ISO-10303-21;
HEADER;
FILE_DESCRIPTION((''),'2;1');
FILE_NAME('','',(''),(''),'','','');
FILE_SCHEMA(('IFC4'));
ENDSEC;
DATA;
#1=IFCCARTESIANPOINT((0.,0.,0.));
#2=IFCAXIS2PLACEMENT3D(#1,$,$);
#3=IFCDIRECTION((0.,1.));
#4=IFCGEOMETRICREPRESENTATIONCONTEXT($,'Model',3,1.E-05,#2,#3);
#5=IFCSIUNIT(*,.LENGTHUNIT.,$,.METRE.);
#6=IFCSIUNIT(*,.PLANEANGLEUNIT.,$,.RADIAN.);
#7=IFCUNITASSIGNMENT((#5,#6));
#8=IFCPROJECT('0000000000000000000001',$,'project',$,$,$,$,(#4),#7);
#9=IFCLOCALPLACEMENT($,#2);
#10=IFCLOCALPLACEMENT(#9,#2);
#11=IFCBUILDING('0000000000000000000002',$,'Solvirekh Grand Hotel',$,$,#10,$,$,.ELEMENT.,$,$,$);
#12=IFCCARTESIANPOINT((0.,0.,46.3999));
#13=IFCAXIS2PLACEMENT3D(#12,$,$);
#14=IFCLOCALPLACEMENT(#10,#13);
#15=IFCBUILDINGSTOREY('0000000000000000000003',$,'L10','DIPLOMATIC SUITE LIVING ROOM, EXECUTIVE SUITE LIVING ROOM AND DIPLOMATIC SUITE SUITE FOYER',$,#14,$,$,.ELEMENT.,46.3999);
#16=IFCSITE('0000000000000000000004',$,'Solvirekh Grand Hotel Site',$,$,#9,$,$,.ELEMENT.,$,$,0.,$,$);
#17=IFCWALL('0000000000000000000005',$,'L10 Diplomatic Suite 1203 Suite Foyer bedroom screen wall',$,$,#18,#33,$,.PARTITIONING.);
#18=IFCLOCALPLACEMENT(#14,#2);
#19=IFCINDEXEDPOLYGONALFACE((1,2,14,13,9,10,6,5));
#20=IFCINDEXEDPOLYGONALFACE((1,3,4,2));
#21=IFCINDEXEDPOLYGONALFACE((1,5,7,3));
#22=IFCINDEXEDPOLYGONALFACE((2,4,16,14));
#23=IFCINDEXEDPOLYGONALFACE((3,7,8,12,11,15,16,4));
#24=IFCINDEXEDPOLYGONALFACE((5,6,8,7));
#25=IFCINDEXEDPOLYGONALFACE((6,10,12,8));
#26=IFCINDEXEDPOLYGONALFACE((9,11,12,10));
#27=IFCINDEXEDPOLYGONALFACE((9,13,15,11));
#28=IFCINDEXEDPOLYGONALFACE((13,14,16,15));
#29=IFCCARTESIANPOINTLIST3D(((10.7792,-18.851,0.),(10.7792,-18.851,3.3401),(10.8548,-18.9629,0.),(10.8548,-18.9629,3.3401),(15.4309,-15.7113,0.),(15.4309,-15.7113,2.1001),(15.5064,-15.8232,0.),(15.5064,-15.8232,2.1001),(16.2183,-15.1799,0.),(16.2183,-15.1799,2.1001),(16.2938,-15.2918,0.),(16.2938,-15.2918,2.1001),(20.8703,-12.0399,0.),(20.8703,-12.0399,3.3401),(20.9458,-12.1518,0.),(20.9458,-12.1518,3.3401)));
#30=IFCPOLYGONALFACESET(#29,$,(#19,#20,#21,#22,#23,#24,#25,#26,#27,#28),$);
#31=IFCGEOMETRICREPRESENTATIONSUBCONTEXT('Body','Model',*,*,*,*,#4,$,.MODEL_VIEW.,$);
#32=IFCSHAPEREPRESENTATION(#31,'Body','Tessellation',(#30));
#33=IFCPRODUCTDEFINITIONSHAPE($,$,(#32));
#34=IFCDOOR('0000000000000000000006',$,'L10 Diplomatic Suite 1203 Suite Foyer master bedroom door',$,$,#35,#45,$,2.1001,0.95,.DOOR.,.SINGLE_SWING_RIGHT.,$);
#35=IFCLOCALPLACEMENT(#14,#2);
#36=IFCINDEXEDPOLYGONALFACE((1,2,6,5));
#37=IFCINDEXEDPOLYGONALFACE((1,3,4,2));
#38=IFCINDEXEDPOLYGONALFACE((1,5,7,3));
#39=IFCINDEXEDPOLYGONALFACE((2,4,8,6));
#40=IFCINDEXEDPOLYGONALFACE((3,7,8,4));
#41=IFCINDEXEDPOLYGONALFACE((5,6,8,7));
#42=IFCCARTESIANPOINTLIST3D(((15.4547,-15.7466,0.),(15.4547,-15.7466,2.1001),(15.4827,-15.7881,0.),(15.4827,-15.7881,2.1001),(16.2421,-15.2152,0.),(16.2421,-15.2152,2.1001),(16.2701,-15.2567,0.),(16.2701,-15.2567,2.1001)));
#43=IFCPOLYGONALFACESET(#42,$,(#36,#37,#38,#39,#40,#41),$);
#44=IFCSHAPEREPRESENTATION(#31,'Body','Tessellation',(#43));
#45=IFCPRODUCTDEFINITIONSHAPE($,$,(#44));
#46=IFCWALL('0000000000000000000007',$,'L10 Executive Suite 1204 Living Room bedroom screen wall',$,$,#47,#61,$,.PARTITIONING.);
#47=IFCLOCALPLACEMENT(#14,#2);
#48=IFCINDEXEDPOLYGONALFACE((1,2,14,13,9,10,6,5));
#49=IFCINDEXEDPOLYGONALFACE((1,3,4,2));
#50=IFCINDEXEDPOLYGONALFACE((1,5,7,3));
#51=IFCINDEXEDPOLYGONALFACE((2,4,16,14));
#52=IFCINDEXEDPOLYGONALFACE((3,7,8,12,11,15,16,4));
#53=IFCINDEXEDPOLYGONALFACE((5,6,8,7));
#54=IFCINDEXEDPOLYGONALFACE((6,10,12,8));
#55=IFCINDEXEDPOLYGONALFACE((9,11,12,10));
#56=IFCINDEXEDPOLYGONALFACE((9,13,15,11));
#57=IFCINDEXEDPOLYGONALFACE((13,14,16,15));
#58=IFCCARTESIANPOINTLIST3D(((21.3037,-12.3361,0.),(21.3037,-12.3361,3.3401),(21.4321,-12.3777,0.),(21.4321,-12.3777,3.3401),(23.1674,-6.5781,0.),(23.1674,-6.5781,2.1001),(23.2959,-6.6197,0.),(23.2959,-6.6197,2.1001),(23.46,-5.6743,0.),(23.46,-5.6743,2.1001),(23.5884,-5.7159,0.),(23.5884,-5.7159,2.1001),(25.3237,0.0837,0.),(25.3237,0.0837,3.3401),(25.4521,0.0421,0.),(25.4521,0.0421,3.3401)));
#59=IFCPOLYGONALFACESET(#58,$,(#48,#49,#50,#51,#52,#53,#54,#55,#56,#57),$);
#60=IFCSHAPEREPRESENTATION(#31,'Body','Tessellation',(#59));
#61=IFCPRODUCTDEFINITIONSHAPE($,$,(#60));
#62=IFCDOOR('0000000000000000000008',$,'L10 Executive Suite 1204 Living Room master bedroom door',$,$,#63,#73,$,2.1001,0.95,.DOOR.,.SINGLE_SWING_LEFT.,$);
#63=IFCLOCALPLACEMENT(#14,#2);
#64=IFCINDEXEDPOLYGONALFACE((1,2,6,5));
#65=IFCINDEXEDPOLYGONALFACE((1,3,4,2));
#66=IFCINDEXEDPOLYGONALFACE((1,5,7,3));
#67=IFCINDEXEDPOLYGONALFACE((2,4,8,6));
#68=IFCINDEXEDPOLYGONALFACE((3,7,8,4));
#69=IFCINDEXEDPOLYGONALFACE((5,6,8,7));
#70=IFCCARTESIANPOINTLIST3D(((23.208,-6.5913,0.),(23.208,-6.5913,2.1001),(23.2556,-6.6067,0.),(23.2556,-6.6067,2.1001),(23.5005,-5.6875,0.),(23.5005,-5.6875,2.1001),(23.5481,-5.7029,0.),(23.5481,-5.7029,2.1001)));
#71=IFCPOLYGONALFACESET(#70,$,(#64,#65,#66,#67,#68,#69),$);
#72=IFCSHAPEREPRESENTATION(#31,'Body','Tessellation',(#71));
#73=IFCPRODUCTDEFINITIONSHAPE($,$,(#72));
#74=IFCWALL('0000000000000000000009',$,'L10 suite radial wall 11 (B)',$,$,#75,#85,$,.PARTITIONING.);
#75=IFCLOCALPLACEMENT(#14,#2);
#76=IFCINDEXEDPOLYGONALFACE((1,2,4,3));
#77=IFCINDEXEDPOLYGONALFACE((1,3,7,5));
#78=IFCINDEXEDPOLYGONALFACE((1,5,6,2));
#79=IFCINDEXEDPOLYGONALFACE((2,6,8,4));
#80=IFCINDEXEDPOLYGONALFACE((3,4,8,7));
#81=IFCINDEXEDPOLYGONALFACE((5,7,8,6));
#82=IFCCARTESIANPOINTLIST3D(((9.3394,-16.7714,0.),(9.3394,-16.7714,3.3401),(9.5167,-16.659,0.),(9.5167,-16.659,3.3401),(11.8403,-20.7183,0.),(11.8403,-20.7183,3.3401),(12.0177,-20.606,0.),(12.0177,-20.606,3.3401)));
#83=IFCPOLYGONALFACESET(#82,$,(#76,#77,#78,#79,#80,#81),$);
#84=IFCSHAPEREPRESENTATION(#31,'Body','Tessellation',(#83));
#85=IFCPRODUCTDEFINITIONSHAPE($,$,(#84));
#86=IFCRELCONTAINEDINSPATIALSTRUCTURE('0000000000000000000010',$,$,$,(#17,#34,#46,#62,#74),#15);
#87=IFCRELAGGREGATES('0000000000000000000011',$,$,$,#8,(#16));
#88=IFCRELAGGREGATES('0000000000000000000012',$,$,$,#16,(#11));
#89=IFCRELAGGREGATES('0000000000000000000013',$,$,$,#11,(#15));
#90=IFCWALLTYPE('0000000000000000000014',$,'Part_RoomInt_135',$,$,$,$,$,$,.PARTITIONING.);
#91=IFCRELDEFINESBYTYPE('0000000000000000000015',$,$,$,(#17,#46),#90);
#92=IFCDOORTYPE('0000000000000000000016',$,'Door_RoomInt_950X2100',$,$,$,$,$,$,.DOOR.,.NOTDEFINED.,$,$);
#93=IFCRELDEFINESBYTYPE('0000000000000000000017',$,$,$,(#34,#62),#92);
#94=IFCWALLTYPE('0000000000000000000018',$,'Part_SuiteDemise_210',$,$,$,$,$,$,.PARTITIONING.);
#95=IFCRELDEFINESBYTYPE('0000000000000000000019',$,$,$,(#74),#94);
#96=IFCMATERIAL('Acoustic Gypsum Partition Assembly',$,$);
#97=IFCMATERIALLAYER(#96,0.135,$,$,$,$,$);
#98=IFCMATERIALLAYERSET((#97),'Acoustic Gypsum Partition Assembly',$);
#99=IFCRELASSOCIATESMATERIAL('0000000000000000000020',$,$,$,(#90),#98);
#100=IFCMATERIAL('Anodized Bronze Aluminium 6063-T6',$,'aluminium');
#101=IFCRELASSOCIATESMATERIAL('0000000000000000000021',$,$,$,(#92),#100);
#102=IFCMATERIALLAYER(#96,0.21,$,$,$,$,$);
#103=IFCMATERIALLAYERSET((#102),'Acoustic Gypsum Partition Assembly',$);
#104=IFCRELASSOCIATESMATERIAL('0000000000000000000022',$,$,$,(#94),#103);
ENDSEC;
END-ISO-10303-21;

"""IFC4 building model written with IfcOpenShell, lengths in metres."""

from ifc_helpers import new_model, si_unit, direction, frame, frame_2d, origin, place, context, subcontext, project, spatial, rectangle, extrude, material, layer, layer_set, type_object, element, fill, save


model = new_model("IFC4")

# Units and contexts
model_context = context("Model", 3, precision=1e-05, world=origin(), true_north=direction((0.0, 1.0)))
body_context = subcontext(model_context, "Body", "Model", "MODEL_VIEW")
ifc_project = project(units=[si_unit("LENGTHUNIT", "METRE"), si_unit("PLANEANGLEUNIT", "RADIAN")], contexts=[model_context])

# Site, building, storey
site_placement = place(None, origin())
site = spatial("IfcSite", under=ifc_project, at=site_placement, Name="Solvirekh Grand Hotel Site", CompositionType="ELEMENT", RefElevation=0.0)
building_placement = place(site_placement, origin())
building = spatial("IfcBuilding", under=site, at=building_placement, Name="Solvirekh Grand Hotel", CompositionType="ELEMENT")
storey_placement = place(building_placement, frame((0.0, 0.0, 46.3999)))
storey = spatial("IfcBuildingStorey", under=building, at=storey_placement, Name="L10", Description="DIPLOMATIC SUITE LIVING ROOM, EXECUTIVE SUITE LIVING ROOM AND DIPLOMATIC SUITE SUITE FOYER", CompositionType="ELEMENT", Elevation=46.3999)

# Shared definitions
ifc_material_1 = material(Name="Anodized Bronze Aluminium 6063-T6", Category="aluminium")

# Walls, openings, doors
ifc_material_2 = material(Name="Acoustic Gypsum Partition Assembly")
ifc_layer_1 = layer(ifc_material_2, 0.135)
ifc_layer_set_1 = layer_set([ifc_layer_1], Name="Acoustic Gypsum Partition Assembly")
wall_type_1 = type_object("IfcWallType", Name="Part_RoomInt_135", PredefinedType="PARTITIONING", material=ifc_layer_set_1)
wall_1_placement = place(storey_placement, frame((10.8169, -18.907, 0.0), z_axis=(0.0, 0.0, 1.0), x_axis=(0.828865, 0.559448, 0.0)))
wall_1 = element("IfcWall", 1, at=wall_1_placement, inside=storey, type_object=wall_type_1, Name="L10 Diplomatic Suite 1203 Suite Foyer bedroom screen wall", PredefinedType="PARTITIONING", context=body_context, shape_type="SweptSolid", body=[
    extrude(rectangle(XDim=12.1746, YDim=0.135, at=frame_2d((6.0874, 0.0))), origin(), (0.0, 0.0, 1.0), 3.3401),
])
opening_1_placement = place(wall_1_placement, frame((5.6121, 0.0, 0.0)))
opening_1 = element("IfcOpeningElement", 2, at=opening_1_placement, cuts=wall_1, PredefinedType="OPENING", context=body_context, shape_type="SweptSolid", body=[
    extrude(rectangle(XDim=0.95, YDim=2.1001, at=frame_2d((0.4751, 1.05))), frame((0.0, 0.0776, 0.0), z_axis=(0.0, -1.0, 0.0), x_axis=(1.0, 0.0, 0.0)), (0.0, 0.0, 1.0), 0.155),
])
door_type = type_object("IfcDoorType", Name="Door_RoomInt_950X2100", OperationType="NOTDEFINED", PredefinedType="DOOR", material=ifc_material_1)
door_1_placement = place(opening_1_placement, origin())
door_1 = element("IfcDoor", 3, at=door_1_placement, inside=storey, type_object=door_type, Name="L10 Diplomatic Suite 1203 Suite Foyer master bedroom door", OperationType="SINGLE_SWING_RIGHT", OverallHeight=2.1001, OverallWidth=0.95, PredefinedType="DOOR", context=body_context, shape_type="SweptSolid", body=[
    extrude(rectangle(XDim=0.95, YDim=2.1001, at=frame_2d((0.4751, 1.05))), frame((0.0, 0.0249, 0.0), z_axis=(0.0, -1.0, 0.0), x_axis=(1.0, 0.0, 0.0)), (0.0, 0.0, 1.0), 0.05),
])
fill(opening_1, door_1)
wall_2_placement = place(storey_placement, frame((21.3679, -12.3569, 0.0), z_axis=(0.0, 0.0, 1.0), x_axis=(0.307946, 0.951404, 0.0)))
wall_2 = element("IfcWall", 4, at=wall_2_placement, inside=storey, type_object=wall_type_1, Name="L10 Executive Suite 1204 Living Room bedroom screen wall", PredefinedType="PARTITIONING", context=body_context, shape_type="SweptSolid", body=[
    extrude(rectangle(XDim=13.0542, YDim=0.135, at=frame_2d((6.5271, 0.0))), origin(), (0.0, 0.0, 1.0), 3.3401),
])
opening_2_placement = place(wall_2_placement, frame((6.052, 0.0, 0.0)))
opening_2 = element("IfcOpeningElement", 5, at=opening_2_placement, cuts=wall_2, PredefinedType="OPENING", context=body_context, shape_type="SweptSolid", body=[
    extrude(rectangle(XDim=0.95, YDim=2.1001, at=frame_2d((0.4751, 1.05))), frame((0.0, 0.0776, 0.0), z_axis=(0.0, -1.0, 0.0), x_axis=(1.0, 0.0, 0.0)), (0.0, 0.0, 1.0), 0.155),
])
door_2_placement = place(opening_2_placement, origin())
door_2 = element("IfcDoor", 6, at=door_2_placement, inside=storey, type_object=door_type, Name="L10 Executive Suite 1204 Living Room master bedroom door", OperationType="SINGLE_SWING_LEFT", OverallHeight=2.1001, OverallWidth=0.95, PredefinedType="DOOR", context=body_context, shape_type="SweptSolid", body=[
    extrude(rectangle(XDim=0.95, YDim=2.1001, at=frame_2d((0.4751, 1.05))), frame((0.0, 0.0249, 0.0), z_axis=(0.0, -1.0, 0.0), x_axis=(1.0, 0.0, 0.0)), (0.0, 0.0, 1.0), 0.05),
])
fill(opening_2, door_2)

# Wall
ifc_layer_2 = layer(ifc_material_2, 0.21)
ifc_layer_set_2 = layer_set([ifc_layer_2], Name="Acoustic Gypsum Partition Assembly")
wall_type_2 = type_object("IfcWallType", Name="Part_SuiteDemise_210", PredefinedType="PARTITIONING", material=ifc_layer_set_2)
wall_3_placement = place(storey_placement, frame((9.428, -16.7151, 0.0), z_axis=(0.0, 0.0, 1.0), x_axis=(0.535235, -0.844703, 0.0)))
element("IfcWall", 7, at=wall_3_placement, inside=storey, type_object=wall_type_2, Name="L10 suite radial wall 11 (B)", PredefinedType="PARTITIONING", context=body_context, shape_type="SweptSolid", body=[
    extrude(rectangle(XDim=4.6726, YDim=0.21, at=frame_2d((2.3364, 0.0))), origin(), (0.0, 0.0, 1.0), 3.3401),
])

save(model, "model.ifc")
